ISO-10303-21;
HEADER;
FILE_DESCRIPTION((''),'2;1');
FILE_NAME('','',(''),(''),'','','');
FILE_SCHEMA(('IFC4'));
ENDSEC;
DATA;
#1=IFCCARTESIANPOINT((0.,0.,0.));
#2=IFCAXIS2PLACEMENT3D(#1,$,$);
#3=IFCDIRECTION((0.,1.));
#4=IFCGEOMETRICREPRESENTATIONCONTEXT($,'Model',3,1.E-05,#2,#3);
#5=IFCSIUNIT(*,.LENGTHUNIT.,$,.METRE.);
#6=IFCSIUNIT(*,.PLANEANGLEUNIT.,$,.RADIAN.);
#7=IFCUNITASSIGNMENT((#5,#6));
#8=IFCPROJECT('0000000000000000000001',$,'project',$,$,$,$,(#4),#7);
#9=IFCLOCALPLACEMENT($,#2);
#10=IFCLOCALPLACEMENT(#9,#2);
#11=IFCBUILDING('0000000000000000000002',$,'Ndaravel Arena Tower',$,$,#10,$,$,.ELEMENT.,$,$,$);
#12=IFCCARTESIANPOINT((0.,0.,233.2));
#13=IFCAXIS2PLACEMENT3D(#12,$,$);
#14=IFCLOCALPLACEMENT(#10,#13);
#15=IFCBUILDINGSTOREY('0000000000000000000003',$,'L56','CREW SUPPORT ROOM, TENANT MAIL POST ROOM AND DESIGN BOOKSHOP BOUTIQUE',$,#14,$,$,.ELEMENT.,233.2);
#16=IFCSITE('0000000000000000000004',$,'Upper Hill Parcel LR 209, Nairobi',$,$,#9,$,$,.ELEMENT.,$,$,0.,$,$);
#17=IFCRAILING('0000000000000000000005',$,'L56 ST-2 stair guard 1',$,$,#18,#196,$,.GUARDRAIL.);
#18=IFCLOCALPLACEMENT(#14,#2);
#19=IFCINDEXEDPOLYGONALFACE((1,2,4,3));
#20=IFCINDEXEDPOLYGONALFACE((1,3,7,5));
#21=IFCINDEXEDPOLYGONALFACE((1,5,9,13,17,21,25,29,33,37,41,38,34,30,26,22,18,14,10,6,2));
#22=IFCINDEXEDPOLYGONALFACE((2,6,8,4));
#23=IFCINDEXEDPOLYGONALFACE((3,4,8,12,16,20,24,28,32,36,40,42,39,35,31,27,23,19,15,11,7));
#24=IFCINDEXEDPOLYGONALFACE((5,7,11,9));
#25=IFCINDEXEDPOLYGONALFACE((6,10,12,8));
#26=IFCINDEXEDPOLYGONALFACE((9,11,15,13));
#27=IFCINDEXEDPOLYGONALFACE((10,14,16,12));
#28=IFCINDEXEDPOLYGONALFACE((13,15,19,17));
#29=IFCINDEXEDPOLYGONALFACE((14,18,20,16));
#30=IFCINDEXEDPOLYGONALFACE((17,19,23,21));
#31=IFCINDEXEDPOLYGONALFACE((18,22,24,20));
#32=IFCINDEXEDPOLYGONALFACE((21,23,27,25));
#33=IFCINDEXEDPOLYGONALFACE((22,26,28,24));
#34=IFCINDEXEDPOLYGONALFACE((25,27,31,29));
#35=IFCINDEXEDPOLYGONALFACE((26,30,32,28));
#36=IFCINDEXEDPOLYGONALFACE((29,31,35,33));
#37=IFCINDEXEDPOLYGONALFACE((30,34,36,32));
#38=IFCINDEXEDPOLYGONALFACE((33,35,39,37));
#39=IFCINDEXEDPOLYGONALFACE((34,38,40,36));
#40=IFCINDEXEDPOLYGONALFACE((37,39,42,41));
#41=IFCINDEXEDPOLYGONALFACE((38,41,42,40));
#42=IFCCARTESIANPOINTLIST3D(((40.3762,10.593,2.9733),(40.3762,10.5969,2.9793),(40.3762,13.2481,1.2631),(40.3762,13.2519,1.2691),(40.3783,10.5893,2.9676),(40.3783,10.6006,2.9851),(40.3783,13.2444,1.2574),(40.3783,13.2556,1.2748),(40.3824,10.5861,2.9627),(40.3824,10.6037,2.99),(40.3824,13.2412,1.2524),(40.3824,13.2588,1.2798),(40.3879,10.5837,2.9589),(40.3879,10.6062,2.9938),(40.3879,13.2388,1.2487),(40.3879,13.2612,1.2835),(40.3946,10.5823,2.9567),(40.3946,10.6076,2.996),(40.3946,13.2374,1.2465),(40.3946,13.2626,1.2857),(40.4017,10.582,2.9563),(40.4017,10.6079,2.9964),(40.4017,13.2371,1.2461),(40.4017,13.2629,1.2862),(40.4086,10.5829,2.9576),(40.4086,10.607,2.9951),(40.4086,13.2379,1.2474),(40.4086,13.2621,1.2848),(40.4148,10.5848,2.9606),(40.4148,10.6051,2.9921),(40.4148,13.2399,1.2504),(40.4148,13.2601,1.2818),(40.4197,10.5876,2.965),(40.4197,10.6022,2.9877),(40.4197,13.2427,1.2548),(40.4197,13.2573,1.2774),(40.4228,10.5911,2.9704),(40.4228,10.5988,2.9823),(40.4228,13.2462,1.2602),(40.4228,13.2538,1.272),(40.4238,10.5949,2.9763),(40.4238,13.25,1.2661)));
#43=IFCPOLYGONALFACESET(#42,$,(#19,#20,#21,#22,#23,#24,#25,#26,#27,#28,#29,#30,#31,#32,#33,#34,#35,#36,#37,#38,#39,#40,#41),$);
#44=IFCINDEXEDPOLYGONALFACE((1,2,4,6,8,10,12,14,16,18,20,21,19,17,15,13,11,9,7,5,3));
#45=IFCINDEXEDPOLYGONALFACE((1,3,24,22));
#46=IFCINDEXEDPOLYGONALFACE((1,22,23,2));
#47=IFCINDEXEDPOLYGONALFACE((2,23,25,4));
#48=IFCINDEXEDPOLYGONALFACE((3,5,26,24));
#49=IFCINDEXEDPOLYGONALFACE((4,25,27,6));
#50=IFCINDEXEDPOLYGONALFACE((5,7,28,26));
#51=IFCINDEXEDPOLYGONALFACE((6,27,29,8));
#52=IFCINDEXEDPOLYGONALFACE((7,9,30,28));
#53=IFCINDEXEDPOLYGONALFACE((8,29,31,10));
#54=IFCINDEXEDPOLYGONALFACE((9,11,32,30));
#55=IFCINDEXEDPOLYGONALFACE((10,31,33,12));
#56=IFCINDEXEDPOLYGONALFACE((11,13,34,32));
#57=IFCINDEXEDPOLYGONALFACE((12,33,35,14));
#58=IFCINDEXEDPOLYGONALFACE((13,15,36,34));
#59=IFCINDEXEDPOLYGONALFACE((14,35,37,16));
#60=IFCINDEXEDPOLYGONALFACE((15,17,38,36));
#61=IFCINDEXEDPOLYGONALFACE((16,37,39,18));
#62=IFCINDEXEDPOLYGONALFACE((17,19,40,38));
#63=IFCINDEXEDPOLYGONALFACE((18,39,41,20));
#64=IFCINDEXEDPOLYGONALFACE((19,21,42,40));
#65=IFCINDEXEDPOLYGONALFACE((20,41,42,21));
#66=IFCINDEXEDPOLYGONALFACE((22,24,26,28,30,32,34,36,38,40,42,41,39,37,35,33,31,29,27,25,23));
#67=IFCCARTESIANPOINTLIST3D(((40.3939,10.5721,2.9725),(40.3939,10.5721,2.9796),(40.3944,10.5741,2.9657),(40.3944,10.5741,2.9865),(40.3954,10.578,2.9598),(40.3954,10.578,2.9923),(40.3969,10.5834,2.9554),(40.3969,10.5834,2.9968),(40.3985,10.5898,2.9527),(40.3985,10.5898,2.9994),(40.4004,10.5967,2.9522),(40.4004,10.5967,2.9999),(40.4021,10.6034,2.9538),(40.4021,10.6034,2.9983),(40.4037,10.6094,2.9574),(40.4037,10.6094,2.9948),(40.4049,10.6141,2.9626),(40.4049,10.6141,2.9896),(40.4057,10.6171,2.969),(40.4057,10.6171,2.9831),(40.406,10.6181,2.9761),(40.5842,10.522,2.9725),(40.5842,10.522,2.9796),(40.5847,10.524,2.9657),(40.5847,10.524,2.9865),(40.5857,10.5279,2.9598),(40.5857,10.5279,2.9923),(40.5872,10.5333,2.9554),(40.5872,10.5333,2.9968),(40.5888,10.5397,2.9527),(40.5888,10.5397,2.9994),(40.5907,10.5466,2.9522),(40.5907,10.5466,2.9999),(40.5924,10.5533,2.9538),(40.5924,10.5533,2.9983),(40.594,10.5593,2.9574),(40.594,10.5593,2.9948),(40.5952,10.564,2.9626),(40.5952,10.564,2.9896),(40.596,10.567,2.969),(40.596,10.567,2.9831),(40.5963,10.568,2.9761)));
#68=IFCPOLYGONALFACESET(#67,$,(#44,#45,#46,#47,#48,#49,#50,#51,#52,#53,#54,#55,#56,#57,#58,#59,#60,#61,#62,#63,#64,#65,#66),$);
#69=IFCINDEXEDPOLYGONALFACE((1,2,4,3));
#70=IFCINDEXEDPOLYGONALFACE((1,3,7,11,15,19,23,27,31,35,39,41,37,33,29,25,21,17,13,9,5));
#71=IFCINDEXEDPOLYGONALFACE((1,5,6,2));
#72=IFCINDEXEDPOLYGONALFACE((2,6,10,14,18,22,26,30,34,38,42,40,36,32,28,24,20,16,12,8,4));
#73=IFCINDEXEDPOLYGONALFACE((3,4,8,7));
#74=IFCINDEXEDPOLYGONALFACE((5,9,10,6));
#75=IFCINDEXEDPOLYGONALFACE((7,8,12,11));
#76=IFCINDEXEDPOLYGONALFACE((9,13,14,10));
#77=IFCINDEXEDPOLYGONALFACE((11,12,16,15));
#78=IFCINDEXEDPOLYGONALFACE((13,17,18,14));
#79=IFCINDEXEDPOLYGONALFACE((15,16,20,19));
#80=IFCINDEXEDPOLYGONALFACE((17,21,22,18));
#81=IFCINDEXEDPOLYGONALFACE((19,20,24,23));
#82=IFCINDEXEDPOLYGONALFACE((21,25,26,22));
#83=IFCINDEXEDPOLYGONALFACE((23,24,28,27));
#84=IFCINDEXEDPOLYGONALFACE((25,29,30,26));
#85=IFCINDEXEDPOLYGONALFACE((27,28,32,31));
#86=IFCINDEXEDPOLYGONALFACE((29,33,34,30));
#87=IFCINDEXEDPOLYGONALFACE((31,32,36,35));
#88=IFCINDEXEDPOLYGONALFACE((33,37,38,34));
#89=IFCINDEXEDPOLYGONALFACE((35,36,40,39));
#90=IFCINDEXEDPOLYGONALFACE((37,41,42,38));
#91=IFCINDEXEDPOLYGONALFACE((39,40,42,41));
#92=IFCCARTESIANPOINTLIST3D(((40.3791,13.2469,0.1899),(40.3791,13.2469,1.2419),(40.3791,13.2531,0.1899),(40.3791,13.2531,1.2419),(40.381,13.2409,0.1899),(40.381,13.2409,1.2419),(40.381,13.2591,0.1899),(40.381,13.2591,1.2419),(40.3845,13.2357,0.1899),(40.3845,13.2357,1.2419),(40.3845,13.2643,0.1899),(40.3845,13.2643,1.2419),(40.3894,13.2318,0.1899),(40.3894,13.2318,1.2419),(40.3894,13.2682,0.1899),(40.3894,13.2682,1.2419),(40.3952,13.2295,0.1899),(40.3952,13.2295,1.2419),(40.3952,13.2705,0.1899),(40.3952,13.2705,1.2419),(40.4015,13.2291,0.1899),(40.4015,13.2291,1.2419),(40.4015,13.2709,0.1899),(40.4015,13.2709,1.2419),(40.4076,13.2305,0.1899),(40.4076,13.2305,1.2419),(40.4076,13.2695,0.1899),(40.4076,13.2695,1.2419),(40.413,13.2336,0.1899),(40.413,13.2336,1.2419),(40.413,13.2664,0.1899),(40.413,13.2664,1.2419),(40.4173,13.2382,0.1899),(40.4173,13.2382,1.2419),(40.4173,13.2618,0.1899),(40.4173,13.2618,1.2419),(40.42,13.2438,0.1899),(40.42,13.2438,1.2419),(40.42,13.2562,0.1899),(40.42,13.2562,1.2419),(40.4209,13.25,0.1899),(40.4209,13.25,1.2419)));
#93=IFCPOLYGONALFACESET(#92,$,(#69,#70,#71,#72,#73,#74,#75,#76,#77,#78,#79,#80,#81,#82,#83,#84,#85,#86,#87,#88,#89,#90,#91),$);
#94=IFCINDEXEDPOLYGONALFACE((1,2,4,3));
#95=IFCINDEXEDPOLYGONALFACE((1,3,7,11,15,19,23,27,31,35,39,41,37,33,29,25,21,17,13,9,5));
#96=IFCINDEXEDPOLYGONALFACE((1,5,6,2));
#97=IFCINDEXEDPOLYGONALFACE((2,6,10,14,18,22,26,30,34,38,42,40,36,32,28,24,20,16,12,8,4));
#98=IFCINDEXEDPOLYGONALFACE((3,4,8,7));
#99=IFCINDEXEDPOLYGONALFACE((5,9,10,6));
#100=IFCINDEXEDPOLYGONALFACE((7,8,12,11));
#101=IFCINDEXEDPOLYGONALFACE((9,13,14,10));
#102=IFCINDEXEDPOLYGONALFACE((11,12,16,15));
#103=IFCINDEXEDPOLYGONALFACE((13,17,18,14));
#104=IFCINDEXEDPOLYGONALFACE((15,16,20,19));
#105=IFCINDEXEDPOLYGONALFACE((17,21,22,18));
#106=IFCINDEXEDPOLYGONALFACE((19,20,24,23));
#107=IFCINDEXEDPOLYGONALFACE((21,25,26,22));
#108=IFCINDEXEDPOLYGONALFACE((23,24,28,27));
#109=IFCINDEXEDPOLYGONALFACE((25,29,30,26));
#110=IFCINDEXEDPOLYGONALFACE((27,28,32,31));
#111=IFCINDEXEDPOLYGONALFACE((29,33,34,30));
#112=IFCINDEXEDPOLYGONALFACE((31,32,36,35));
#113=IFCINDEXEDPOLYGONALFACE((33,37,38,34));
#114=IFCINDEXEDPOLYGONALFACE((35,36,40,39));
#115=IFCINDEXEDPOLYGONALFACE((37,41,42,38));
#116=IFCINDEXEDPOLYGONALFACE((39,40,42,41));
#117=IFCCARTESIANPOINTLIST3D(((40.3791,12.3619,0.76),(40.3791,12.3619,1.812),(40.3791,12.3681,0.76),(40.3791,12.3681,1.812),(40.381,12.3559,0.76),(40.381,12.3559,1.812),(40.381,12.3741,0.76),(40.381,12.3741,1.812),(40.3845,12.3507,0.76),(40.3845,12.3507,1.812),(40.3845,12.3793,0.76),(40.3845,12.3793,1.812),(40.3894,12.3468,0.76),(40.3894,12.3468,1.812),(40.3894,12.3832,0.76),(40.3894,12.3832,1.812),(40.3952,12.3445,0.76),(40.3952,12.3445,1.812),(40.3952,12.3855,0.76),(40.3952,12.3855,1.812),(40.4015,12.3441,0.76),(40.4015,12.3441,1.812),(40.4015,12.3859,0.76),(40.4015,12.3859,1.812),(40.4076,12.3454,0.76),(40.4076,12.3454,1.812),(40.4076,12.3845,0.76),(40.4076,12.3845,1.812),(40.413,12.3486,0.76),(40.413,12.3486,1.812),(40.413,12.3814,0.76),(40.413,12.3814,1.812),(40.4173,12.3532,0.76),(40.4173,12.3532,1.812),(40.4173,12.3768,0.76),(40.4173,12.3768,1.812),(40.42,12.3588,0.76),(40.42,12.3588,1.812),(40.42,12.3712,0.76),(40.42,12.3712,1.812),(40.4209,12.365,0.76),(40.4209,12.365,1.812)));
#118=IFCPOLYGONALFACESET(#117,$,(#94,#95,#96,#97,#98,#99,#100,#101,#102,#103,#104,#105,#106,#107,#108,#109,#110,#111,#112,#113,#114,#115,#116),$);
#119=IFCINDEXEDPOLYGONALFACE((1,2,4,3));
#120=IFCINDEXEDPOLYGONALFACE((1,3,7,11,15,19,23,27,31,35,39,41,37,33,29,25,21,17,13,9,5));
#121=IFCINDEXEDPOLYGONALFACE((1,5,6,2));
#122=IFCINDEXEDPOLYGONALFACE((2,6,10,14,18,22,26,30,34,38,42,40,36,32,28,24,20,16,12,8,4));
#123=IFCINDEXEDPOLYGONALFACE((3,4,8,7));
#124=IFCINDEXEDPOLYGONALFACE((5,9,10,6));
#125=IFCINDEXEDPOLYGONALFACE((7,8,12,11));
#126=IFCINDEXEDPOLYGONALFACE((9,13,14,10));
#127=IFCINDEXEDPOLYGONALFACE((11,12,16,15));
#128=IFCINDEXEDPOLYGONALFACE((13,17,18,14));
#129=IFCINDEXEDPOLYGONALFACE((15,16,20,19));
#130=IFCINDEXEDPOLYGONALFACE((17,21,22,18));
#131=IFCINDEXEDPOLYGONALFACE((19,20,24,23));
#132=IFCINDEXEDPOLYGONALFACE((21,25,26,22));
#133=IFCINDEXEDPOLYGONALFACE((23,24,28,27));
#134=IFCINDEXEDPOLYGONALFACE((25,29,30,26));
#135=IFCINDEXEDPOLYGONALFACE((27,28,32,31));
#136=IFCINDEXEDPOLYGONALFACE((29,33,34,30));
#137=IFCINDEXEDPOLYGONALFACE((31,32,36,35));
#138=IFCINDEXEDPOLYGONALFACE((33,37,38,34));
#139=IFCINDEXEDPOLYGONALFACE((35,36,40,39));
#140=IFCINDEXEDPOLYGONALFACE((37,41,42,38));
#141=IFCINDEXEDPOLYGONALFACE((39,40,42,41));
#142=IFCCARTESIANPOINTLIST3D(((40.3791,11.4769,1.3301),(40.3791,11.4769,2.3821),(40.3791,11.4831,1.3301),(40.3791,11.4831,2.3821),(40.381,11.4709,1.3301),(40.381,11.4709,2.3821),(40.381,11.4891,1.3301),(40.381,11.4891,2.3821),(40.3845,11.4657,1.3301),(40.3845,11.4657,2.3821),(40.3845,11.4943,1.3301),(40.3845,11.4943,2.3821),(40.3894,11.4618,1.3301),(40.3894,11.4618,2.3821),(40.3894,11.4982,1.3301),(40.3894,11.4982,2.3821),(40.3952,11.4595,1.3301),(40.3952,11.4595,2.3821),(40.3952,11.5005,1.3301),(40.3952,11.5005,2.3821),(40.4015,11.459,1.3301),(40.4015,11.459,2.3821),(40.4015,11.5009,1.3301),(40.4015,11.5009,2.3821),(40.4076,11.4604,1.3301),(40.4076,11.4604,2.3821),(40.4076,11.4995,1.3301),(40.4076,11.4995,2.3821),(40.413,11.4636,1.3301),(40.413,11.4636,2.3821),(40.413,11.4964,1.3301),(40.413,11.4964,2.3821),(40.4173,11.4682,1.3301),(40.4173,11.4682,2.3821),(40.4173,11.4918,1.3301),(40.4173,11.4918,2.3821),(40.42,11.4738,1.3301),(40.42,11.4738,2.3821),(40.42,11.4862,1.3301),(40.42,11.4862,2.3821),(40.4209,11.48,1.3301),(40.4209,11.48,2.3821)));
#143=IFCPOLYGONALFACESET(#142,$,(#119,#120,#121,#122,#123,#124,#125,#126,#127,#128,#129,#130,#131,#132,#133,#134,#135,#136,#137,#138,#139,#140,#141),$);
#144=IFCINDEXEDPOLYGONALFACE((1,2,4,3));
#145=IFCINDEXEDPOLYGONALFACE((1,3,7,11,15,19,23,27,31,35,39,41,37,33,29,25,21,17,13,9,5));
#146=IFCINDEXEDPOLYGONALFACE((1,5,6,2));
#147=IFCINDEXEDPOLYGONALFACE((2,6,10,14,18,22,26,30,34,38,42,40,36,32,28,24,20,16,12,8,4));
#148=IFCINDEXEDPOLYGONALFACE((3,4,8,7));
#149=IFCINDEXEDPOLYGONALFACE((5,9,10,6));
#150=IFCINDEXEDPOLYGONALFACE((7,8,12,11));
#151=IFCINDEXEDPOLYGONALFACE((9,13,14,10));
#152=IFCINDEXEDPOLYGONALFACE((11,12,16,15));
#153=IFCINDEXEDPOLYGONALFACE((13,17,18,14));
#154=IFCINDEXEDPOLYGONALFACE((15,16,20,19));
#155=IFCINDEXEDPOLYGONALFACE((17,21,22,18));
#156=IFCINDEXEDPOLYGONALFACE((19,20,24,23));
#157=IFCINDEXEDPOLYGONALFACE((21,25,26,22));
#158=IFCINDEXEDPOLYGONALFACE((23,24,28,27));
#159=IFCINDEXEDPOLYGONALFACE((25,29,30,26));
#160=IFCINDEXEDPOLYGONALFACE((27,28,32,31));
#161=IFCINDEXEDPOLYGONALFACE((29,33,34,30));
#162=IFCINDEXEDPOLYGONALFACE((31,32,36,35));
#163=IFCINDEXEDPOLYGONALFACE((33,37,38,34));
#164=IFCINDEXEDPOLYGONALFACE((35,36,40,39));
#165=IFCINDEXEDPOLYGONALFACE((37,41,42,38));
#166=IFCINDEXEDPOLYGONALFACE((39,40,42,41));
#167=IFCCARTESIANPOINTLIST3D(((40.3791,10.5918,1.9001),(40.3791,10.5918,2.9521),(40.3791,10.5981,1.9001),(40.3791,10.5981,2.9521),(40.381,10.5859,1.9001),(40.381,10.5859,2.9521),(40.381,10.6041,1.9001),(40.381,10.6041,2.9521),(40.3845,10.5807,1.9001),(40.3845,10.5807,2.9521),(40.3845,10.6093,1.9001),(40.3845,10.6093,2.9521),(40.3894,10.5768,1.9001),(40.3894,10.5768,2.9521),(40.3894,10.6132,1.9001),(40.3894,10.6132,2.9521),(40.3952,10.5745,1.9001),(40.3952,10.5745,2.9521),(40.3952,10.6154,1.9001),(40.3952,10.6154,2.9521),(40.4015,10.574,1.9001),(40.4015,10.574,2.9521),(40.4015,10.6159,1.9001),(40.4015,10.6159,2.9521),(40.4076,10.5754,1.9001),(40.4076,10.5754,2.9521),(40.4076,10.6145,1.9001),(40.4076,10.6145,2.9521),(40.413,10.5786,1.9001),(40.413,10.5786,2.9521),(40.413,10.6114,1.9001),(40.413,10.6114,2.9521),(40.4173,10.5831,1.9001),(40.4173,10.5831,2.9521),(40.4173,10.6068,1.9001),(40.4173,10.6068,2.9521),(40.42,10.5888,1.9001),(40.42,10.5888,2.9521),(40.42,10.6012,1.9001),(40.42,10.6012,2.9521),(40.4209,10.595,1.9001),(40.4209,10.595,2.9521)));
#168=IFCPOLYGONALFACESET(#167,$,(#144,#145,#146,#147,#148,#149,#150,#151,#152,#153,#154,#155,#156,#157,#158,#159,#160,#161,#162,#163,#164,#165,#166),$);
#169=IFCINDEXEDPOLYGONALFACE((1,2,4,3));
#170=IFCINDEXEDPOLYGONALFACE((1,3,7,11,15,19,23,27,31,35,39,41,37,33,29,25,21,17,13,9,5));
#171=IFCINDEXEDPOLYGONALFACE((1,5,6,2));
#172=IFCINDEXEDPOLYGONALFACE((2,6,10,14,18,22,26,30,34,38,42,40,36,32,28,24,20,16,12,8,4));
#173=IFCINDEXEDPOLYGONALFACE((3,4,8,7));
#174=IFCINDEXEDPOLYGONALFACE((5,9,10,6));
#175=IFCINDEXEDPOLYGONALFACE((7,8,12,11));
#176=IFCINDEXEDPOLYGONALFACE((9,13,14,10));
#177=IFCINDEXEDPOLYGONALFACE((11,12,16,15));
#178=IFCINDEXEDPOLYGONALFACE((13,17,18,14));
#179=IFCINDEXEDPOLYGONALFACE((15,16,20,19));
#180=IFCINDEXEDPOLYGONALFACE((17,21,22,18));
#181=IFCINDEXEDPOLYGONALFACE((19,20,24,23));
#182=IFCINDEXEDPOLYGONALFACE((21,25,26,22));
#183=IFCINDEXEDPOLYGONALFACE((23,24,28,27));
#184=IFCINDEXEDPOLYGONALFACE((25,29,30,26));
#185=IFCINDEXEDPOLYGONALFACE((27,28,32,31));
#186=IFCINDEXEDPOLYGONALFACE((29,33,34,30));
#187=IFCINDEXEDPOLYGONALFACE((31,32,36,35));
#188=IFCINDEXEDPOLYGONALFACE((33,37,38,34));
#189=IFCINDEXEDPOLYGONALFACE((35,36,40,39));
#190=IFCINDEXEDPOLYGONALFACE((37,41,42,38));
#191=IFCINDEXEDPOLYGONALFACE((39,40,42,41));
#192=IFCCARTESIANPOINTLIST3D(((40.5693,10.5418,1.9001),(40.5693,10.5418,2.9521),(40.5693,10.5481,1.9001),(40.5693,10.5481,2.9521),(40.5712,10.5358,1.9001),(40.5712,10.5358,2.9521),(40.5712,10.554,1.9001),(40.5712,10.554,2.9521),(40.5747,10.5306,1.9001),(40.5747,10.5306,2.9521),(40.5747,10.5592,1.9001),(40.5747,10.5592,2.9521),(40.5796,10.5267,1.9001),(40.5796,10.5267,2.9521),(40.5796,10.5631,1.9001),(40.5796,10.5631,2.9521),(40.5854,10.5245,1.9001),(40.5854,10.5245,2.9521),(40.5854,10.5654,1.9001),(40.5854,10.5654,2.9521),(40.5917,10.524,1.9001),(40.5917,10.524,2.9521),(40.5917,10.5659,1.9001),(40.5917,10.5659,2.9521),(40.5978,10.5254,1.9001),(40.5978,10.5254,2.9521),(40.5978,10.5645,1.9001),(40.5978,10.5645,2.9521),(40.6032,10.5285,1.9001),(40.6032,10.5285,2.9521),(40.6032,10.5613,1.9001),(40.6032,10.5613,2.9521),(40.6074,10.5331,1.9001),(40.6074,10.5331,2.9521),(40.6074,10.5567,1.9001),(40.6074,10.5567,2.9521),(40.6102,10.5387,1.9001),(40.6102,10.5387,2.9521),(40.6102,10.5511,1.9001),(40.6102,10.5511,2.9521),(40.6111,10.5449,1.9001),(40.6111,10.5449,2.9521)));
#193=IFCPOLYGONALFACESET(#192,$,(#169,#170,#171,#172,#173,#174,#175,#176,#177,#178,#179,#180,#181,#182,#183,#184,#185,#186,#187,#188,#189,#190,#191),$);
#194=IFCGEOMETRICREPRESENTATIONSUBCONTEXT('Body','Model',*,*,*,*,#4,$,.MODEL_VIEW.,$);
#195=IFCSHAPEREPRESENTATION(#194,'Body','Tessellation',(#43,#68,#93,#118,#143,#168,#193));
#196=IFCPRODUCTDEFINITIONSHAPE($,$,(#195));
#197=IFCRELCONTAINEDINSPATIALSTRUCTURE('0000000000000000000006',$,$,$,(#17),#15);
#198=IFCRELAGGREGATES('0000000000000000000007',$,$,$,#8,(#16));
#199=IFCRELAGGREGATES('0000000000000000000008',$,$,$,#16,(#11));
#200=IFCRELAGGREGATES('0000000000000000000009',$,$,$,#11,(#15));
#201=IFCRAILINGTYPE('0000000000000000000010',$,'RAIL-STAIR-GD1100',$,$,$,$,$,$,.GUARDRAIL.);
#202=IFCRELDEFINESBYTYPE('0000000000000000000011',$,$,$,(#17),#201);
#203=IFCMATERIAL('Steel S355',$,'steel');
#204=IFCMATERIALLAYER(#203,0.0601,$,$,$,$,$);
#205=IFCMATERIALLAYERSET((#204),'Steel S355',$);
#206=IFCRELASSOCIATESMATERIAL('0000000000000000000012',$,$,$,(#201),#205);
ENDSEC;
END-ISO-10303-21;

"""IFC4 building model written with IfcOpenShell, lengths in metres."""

from ifc_helpers import new_model, si_unit, direction, frame, origin, origin_2d, place, context, subcontext, project, spatial, circle, extrude, material, layer, layer_set, type_object, element, save


model = new_model("IFC4")

# Units and contexts
model_context = context("Model", 3, precision=1e-05, world=origin(), true_north=direction((0.0, 1.0)))
body_context = subcontext(model_context, "Body", "Model", "MODEL_VIEW")
ifc_project = project(units=[si_unit("LENGTHUNIT", "METRE"), si_unit("PLANEANGLEUNIT", "RADIAN")], contexts=[model_context])

# Site, building, storey
site_placement = place(None, origin())
site = spatial("IfcSite", under=ifc_project, at=site_placement, Name="Upper Hill Parcel LR 209, Nairobi", CompositionType="ELEMENT", RefElevation=0.0)
building_placement = place(site_placement, origin())
building = spatial("IfcBuilding", under=site, at=building_placement, Name="Ndaravel Arena Tower", CompositionType="ELEMENT")
storey_placement = place(building_placement, frame((0.0, 0.0, 233.2)))
storey = spatial("IfcBuildingStorey", under=building, at=storey_placement, Name="L56", Description="CREW SUPPORT ROOM, TENANT MAIL POST ROOM AND DESIGN BOOKSHOP BOUTIQUE", CompositionType="ELEMENT", Elevation=233.2)

# Railing
ifc_material_1 = material(Name="Steel S355", Category="steel")
ifc_layer_1 = layer(ifc_material_1, 0.0601)
ifc_layer_set_1 = layer_set([ifc_layer_1], Name="Steel S355")
railing_type_1 = type_object("IfcRailingType", Name="RAIL-STAIR-GD1100", PredefinedType="GUARDRAIL", material=ifc_layer_set_1)
railing_1_placement = place(storey_placement, frame((40.3999, 13.25, 0.1899)))
element("IfcRailing", 1, at=railing_1_placement, inside=storey, type_object=railing_type_1, Name="L56 ST-2 stair guard 1", PredefinedType="GUARDRAIL", context=body_context, shape_type="SweptSolid", body=[
    extrude(circle(Radius=0.0239, at=origin_2d()), frame((0.0, 0.0, 1.0762), z_axis=(0.0, -0.840688, 0.541519), x_axis=(1.0, 0.0, 0.0)), (0.0, 0.0, 1.0), 3.1582),
    extrude(circle(Radius=0.0239, at=origin_2d()), frame((0.0, -2.655, 2.7861), z_axis=(0.967075, -0.254493, 0.0), x_axis=(0.254493, 0.967075, 0.0)), (0.0, 0.0, 1.0), 0.1968),
    extrude(circle(Radius=0.021, at=origin_2d()), origin(), (0.0, 0.0, 1.0), 1.052),
    extrude(circle(Radius=0.021, at=origin_2d()), frame((0.0, -0.885, 0.5701)), (0.0, 0.0, 1.0), 1.052),
    extrude(circle(Radius=0.021, at=origin_2d()), frame((0.0, -1.77, 1.1401)), (0.0, 0.0, 1.0), 1.052),
    extrude(circle(Radius=0.021, at=origin_2d()), frame((0.0, -2.655, 1.7102)), (0.0, 0.0, 1.0), 1.052),
    extrude(circle(Radius=0.021, at=origin_2d()), frame((0.1902, -2.7051, 1.7102)), (0.0, 0.0, 1.0), 1.052),
])

save(model, "model.ifc")
